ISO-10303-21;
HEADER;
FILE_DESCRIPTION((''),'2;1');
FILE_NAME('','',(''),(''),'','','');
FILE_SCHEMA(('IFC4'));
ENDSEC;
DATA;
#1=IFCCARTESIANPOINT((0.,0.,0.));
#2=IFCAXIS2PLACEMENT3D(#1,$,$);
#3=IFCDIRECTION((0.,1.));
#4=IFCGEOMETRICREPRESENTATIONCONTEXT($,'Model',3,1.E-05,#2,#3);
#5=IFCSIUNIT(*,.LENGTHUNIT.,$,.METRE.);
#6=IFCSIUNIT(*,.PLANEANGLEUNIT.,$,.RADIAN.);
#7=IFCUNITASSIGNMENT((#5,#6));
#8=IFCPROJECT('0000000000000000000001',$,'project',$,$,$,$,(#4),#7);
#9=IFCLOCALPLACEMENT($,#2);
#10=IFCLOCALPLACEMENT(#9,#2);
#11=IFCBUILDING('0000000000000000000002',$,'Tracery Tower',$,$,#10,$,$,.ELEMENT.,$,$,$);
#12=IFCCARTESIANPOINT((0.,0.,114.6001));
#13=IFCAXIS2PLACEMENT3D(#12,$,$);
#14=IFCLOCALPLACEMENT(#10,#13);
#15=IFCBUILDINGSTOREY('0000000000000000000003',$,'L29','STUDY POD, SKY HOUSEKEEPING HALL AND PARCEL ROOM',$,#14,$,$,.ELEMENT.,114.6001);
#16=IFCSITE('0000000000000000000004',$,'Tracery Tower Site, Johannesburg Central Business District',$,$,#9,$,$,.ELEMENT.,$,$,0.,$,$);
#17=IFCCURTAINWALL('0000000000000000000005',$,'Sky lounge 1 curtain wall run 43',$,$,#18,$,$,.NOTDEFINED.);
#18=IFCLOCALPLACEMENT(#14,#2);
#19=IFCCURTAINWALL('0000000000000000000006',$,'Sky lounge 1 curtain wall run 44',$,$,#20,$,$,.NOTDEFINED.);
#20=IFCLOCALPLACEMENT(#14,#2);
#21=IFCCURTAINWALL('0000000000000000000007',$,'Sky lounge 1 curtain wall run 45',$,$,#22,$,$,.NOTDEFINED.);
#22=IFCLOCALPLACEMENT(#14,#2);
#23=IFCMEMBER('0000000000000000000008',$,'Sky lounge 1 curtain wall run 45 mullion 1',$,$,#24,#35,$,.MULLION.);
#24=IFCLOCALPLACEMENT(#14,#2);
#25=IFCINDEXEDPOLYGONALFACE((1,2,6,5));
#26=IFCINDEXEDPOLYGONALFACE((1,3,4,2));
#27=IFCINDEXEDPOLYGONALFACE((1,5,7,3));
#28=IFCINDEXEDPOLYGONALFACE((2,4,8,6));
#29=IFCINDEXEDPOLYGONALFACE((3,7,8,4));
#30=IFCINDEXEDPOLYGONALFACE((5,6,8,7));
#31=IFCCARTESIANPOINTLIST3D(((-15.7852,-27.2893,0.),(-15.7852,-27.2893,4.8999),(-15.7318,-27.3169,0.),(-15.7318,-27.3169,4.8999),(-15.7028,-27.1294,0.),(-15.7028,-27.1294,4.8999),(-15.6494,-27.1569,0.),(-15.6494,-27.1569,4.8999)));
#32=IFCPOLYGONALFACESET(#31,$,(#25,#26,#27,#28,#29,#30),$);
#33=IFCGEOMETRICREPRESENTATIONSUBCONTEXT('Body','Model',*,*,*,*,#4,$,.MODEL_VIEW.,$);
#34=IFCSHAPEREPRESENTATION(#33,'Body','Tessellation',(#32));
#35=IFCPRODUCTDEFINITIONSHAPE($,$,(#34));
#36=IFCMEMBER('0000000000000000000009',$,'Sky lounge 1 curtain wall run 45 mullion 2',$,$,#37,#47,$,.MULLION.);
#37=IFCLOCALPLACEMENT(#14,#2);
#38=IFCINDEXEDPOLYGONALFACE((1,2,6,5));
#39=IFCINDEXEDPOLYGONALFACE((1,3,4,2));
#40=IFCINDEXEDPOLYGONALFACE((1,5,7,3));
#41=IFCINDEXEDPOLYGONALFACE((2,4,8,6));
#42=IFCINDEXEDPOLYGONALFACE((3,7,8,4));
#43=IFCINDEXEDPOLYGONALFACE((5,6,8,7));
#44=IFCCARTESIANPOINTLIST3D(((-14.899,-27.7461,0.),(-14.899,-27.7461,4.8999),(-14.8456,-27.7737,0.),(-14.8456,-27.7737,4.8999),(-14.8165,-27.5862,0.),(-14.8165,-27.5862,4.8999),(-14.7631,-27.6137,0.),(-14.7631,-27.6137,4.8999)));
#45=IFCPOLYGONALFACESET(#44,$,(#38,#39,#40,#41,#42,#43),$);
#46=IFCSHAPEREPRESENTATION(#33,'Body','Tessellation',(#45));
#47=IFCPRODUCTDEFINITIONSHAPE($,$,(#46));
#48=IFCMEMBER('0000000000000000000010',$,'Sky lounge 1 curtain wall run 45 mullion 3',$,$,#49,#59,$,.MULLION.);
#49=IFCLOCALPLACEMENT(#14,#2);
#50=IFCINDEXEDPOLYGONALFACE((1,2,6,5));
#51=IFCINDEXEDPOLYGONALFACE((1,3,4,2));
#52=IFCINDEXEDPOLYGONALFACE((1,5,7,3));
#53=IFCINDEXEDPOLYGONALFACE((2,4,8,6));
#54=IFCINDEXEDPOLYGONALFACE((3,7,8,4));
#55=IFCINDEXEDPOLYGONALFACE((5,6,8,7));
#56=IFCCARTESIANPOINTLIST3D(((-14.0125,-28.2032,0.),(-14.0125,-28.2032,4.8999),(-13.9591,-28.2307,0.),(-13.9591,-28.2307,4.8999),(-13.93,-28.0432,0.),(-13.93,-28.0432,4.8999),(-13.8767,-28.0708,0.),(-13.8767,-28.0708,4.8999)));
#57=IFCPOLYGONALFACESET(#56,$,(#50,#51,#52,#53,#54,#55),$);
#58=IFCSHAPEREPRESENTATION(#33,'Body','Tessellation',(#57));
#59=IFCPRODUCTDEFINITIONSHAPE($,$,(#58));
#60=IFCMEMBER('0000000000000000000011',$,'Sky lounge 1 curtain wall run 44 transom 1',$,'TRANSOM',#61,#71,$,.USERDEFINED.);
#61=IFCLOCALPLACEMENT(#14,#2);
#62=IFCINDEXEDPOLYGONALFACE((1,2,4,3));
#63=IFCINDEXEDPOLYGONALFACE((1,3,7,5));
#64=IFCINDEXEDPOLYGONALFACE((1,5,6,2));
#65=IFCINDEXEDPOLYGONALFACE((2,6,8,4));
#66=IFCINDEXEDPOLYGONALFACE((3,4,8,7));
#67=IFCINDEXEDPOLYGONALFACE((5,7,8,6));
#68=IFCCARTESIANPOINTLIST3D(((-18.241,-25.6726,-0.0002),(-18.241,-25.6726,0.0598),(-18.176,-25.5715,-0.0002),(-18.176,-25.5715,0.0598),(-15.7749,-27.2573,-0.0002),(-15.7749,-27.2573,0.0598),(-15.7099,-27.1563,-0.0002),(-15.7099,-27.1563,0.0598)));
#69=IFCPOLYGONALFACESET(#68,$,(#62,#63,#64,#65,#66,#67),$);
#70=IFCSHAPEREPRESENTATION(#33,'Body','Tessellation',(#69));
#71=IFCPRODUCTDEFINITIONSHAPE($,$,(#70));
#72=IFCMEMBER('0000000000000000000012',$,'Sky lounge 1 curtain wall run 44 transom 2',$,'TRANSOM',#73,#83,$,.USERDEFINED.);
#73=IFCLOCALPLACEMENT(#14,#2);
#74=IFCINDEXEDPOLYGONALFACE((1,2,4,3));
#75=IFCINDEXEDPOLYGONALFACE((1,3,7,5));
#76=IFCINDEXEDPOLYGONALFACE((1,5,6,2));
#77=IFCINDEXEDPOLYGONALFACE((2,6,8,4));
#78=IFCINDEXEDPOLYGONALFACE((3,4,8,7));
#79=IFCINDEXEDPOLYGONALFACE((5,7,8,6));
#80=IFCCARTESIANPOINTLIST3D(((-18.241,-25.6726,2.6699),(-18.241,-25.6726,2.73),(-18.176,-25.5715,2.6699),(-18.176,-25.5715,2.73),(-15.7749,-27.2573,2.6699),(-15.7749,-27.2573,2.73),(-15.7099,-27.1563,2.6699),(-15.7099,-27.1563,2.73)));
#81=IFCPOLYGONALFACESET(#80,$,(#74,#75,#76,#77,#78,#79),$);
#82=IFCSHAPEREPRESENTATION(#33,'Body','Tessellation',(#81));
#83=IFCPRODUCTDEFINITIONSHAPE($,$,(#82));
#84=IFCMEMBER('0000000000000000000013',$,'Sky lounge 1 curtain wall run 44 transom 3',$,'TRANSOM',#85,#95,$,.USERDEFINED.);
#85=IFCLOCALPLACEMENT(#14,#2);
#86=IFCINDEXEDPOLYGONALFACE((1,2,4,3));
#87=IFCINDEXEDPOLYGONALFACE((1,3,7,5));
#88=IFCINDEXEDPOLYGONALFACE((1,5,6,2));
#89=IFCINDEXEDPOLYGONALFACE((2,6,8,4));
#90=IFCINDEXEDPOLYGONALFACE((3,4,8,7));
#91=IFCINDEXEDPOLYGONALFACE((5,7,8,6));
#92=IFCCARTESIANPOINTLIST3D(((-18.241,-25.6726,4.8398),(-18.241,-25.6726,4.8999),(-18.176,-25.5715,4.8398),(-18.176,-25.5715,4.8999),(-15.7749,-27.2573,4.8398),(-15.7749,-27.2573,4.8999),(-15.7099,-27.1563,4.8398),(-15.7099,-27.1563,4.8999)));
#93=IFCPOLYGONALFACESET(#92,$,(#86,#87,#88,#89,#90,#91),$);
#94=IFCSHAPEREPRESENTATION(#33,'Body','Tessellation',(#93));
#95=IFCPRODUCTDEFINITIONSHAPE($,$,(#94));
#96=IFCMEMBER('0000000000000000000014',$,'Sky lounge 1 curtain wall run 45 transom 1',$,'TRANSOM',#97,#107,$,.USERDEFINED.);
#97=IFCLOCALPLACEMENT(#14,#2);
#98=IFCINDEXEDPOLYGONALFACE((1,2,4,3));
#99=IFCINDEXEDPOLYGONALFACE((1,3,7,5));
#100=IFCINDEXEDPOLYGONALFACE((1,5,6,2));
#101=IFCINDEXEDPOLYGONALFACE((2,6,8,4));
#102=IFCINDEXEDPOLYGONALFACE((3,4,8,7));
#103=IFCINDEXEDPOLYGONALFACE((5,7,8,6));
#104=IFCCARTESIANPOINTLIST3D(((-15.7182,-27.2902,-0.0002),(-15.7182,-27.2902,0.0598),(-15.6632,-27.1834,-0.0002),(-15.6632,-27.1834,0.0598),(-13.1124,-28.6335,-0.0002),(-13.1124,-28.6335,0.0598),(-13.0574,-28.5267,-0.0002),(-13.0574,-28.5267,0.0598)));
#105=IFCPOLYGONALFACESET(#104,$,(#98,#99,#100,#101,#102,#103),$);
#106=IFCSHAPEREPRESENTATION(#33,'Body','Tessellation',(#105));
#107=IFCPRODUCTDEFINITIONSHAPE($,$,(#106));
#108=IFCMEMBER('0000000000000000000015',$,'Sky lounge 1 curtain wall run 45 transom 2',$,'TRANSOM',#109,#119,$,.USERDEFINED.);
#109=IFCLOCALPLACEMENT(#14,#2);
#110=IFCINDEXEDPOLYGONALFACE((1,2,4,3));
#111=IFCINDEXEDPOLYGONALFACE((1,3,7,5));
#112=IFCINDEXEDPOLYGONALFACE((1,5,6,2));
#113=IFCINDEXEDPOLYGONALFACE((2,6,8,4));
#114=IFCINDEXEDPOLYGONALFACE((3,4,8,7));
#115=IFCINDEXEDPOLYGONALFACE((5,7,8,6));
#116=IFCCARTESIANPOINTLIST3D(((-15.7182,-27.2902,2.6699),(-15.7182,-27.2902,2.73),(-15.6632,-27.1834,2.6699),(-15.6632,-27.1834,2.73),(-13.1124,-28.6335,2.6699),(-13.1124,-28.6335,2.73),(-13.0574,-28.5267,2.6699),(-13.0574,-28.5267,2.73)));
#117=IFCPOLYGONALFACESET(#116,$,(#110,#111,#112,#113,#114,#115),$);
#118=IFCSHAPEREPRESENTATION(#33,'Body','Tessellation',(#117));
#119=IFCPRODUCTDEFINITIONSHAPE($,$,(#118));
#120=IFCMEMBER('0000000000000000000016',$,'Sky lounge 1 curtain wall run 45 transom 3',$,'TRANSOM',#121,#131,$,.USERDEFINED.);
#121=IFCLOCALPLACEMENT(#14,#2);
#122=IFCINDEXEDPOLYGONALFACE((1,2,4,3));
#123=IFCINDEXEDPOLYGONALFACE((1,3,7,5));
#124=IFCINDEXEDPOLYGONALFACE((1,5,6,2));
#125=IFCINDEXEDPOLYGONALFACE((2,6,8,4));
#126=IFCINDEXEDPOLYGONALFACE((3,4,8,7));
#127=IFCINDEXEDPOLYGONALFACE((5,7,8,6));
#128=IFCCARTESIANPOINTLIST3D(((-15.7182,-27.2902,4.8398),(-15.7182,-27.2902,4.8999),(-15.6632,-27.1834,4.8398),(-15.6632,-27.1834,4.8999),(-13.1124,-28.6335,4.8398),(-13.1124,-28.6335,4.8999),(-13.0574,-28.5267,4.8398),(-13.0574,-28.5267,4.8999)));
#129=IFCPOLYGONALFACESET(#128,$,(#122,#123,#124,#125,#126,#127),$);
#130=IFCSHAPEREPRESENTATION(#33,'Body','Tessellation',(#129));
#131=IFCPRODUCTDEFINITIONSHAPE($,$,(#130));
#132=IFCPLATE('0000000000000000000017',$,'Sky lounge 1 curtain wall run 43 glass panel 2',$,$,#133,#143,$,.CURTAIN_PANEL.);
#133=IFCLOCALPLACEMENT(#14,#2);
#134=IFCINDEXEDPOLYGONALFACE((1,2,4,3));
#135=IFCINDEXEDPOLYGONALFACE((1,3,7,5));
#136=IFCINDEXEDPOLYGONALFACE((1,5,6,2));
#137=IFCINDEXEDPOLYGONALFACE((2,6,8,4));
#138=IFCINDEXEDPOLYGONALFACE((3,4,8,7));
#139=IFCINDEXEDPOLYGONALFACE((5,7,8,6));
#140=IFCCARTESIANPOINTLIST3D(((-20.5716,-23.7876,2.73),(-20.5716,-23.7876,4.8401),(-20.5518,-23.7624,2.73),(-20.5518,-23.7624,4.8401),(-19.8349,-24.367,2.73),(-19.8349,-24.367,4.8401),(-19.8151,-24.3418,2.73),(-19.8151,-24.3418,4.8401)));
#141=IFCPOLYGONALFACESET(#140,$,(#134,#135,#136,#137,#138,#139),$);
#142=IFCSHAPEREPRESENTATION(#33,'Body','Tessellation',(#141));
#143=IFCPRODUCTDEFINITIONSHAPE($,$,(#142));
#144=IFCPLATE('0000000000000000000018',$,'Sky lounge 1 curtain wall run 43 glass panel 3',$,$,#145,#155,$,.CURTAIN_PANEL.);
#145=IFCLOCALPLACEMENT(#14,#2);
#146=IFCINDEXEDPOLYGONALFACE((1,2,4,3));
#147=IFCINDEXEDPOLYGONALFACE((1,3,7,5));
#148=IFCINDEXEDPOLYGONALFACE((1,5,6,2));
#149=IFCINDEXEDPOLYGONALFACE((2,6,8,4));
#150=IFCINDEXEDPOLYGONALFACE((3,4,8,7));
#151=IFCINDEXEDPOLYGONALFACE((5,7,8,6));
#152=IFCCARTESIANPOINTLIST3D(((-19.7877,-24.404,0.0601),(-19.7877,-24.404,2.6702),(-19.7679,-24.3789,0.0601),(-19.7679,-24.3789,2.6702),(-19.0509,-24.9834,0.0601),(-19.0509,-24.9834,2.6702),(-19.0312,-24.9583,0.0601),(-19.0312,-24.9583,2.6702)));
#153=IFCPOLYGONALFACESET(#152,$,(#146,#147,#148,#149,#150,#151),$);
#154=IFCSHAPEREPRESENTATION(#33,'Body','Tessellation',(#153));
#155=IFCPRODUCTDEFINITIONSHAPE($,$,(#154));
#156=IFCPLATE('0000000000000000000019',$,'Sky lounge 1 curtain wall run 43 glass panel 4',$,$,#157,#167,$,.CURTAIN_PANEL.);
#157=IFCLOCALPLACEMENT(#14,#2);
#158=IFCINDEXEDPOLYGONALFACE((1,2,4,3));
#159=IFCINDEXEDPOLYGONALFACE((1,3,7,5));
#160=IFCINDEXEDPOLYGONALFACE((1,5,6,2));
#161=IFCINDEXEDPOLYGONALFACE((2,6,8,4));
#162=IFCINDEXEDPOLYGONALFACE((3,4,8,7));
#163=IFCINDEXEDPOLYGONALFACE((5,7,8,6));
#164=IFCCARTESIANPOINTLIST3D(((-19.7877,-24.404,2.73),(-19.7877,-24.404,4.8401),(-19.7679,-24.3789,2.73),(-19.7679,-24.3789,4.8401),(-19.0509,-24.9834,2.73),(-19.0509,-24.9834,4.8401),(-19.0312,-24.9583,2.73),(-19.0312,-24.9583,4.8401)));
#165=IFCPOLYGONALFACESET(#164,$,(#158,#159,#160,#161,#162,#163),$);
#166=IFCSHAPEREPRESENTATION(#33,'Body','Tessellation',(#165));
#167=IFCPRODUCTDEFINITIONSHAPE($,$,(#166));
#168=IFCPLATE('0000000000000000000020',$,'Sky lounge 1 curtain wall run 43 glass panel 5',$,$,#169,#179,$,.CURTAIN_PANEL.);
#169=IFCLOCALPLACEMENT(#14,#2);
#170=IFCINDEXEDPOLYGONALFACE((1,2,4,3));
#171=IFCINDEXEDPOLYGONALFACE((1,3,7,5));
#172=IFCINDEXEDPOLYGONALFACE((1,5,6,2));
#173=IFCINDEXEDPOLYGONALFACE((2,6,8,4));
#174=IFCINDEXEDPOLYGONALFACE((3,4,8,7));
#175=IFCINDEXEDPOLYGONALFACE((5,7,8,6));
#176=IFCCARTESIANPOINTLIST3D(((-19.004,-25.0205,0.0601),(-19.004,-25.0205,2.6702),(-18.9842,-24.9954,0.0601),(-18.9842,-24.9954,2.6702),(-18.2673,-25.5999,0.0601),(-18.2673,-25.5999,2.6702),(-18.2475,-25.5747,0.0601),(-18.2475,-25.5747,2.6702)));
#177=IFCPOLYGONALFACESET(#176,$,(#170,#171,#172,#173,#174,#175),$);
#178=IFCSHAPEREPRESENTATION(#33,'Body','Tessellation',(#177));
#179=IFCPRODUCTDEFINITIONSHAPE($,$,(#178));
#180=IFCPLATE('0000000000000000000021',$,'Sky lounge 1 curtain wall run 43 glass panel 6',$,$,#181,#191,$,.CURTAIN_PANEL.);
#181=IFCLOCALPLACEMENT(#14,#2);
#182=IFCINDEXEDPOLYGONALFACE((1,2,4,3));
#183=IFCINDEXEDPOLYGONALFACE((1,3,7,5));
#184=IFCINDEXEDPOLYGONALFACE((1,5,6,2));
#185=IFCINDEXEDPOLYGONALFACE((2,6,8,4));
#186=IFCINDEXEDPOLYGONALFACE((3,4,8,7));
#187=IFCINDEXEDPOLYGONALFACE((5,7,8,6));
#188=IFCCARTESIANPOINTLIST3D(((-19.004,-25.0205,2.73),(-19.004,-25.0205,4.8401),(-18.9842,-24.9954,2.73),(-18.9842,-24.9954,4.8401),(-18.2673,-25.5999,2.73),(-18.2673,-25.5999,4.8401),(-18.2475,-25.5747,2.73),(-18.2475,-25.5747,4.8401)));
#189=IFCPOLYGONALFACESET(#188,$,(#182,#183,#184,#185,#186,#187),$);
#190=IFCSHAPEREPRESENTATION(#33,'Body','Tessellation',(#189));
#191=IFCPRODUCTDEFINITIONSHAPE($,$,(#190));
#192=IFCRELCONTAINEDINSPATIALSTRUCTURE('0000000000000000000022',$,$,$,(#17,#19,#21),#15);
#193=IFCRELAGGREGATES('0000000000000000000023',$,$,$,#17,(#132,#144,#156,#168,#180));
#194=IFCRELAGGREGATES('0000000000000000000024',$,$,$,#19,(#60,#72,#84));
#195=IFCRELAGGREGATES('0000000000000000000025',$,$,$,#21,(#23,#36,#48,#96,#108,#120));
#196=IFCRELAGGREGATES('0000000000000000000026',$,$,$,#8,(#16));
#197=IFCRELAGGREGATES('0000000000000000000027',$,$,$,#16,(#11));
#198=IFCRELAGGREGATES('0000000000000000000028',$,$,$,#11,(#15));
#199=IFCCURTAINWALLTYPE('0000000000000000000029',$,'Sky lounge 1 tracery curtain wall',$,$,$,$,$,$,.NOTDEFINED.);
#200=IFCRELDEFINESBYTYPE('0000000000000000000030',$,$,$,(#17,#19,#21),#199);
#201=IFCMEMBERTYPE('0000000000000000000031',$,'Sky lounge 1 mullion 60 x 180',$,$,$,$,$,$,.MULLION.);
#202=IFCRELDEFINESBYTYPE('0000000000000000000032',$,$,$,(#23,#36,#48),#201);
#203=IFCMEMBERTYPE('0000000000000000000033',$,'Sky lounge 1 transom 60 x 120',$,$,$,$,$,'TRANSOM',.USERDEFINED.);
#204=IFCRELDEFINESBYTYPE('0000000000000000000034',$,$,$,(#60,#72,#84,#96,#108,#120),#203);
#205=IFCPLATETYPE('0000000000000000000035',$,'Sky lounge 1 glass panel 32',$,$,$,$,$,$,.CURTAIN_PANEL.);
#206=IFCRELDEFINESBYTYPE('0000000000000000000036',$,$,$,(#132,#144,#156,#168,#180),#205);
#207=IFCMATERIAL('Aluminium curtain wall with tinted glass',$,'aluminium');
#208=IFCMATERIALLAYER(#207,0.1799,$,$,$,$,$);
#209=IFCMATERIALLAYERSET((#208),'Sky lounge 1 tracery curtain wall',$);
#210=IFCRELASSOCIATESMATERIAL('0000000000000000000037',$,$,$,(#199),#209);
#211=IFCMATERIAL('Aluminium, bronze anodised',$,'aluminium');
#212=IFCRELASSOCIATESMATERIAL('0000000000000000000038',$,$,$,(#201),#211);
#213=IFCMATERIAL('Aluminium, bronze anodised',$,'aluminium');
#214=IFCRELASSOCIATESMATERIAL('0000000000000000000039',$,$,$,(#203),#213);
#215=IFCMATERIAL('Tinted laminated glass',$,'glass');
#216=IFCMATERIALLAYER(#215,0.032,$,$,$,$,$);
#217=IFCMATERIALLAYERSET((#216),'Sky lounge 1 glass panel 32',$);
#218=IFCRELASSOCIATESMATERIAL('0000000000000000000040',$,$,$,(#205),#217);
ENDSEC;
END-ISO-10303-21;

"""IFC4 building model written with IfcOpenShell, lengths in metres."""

from ifc_helpers import new_model, si_unit, direction, frame, origin, origin_2d, place, context, subcontext, project, spatial, rectangle, extrude, material, layer, layer_set, material_profile, profile_set, type_object, element, aggregate, save


model = new_model("IFC4")

# Units and contexts
model_context = context("Model", 3, precision=1e-05, world=origin(), true_north=direction((0.0, 1.0)))
body_context = subcontext(model_context, "Body", "Model", "MODEL_VIEW")
ifc_project = project(units=[si_unit("LENGTHUNIT", "METRE"), si_unit("PLANEANGLEUNIT", "RADIAN")], contexts=[model_context])

# Site, building, storey
site_placement = place(None, origin())
site = spatial("IfcSite", under=ifc_project, at=site_placement, Name="Tracery Tower Site, Johannesburg Central Business District", CompositionType="ELEMENT", RefElevation=0.0)
building_placement = place(site_placement, origin())
building = spatial("IfcBuilding", under=site, at=building_placement, Name="Tracery Tower", CompositionType="ELEMENT")
storey_placement = place(building_placement, frame((0.0, 0.0, 114.6001)))
storey = spatial("IfcBuildingStorey", under=building, at=storey_placement, Name="L29", Description="STUDY POD, SKY HOUSEKEEPING HALL AND PARCEL ROOM", CompositionType="ELEMENT", Elevation=114.6001)

# Curtain walls, members
ifc_material_1 = material(Name="Aluminium curtain wall with tinted glass", Category="aluminium")
ifc_layer_1 = layer(ifc_material_1, 0.1799)
ifc_layer_set_1 = layer_set([ifc_layer_1], Name="Sky lounge 1 tracery curtain wall")
curtain_wall_type = type_object("IfcCurtainWallType", Name="Sky lounge 1 tracery curtain wall", PredefinedType="NOTDEFINED", material=ifc_layer_set_1)
curtain_wall_1_placement = place(storey_placement, origin())
curtain_wall_1 = element("IfcCurtainWall", 1, at=curtain_wall_1_placement, inside=storey, type_object=curtain_wall_type, Name="Sky lounge 1 curtain wall run 43", PredefinedType="NOTDEFINED")
ifc_material_2 = material(Name="Aluminium, bronze anodised", Category="aluminium")
ifc_material_profile_1 = material_profile(ifc_material_2, rectangle(XDim=0.1799, YDim=0.0601, at=origin_2d()), Name="AL 60x180")
ifc_profile_set_1 = profile_set([ifc_material_profile_1], Name="Aluminium, bronze anodised")
member_type_1 = type_object("IfcMemberType", Name="Sky lounge 1 mullion 60 x 180", PredefinedType="MULLION", material=ifc_profile_set_1)
curtain_wall_2_placement = place(storey_placement, origin())
curtain_wall_2 = element("IfcCurtainWall", 2, at=curtain_wall_2_placement, inside=storey, type_object=curtain_wall_type, Name="Sky lounge 1 curtain wall run 44", PredefinedType="NOTDEFINED")
curtain_wall_3_placement = place(storey_placement, origin())
curtain_wall_3 = element("IfcCurtainWall", 3, at=curtain_wall_3_placement, inside=storey, type_object=curtain_wall_type, Name="Sky lounge 1 curtain wall run 45", PredefinedType="NOTDEFINED")
member_1_placement = place(storey_placement, frame((-15.7173, -27.2231, 0.0), z_axis=(0.0, 0.0, 1.0), x_axis=(0.458227, 0.888835, 0.0)))
member_1 = element("IfcMember", 4, at=member_1_placement, type_object=member_type_1, Name="Sky lounge 1 curtain wall run 45 mullion 1", PredefinedType="MULLION", context=body_context, shape_type="SweptSolid", body=[
    extrude(rectangle(XDim=0.1799, YDim=0.0601, at=origin_2d()), origin(), (0.0, 0.0, 1.0), 4.8999),
])
member_2_placement = place(storey_placement, frame((-14.8311, -27.6799, 0.0), z_axis=(0.0, 0.0, 1.0), x_axis=(0.458227, 0.888835, 0.0)))
member_2 = element("IfcMember", 5, at=member_2_placement, type_object=member_type_1, Name="Sky lounge 1 curtain wall run 45 mullion 2", PredefinedType="MULLION", context=body_context, shape_type="SweptSolid", body=[
    extrude(rectangle(XDim=0.1799, YDim=0.0601, at=origin_2d()), origin(), (0.0, 0.0, 1.0), 4.8999),
])
member_3_placement = place(storey_placement, frame((-13.9446, -28.137, 0.0), z_axis=(0.0, 0.0, 1.0), x_axis=(0.458227, 0.888835, 0.0)))
member_3 = element("IfcMember", 6, at=member_3_placement, type_object=member_type_1, Name="Sky lounge 1 curtain wall run 45 mullion 3", PredefinedType="MULLION", context=body_context, shape_type="SweptSolid", body=[
    extrude(rectangle(XDim=0.1799, YDim=0.0601, at=origin_2d()), origin(), (0.0, 0.0, 1.0), 4.8999),
])

# Members
ifc_material_3 = material(Name="Aluminium, bronze anodised", Category="aluminium")
ifc_material_profile_2 = material_profile(ifc_material_3, rectangle(XDim=0.1201, YDim=0.0601, at=origin_2d()), Name="AL 60x120")
ifc_profile_set_2 = profile_set([ifc_material_profile_2], Name="Aluminium, bronze anodised")
member_type_2 = type_object("IfcMemberType", Name="Sky lounge 1 transom 60 x 120", ElementType="TRANSOM", PredefinedType="USERDEFINED", material=ifc_profile_set_2)
member_4_placement = place(storey_placement, frame((-18.2085, -25.6221, 0.0298), z_axis=(0.841273, -0.54061, 0.0), x_axis=(0.54061, 0.841273, 0.0)))
member_4 = element("IfcMember", 7, at=member_4_placement, type_object=member_type_2, Name="Sky lounge 1 curtain wall run 44 transom 1", ObjectType="TRANSOM", PredefinedType="USERDEFINED", context=body_context, shape_type="SweptSolid", body=[
    extrude(rectangle(XDim=0.1201, YDim=0.0601, at=origin_2d()), origin(), (0.0, 0.0, 1.0), 2.9314),
])
member_5_placement = place(storey_placement, frame((-18.2085, -25.6221, 2.7), z_axis=(0.841273, -0.54061, 0.0), x_axis=(0.54061, 0.841273, 0.0)))
member_5 = element("IfcMember", 8, at=member_5_placement, type_object=member_type_2, Name="Sky lounge 1 curtain wall run 44 transom 2", ObjectType="TRANSOM", PredefinedType="USERDEFINED", context=body_context, shape_type="SweptSolid", body=[
    extrude(rectangle(XDim=0.1201, YDim=0.0601, at=origin_2d()), origin(), (0.0, 0.0, 1.0), 2.9314),
])
member_6_placement = place(storey_placement, frame((-18.2085, -25.6221, 4.8699), z_axis=(0.841273, -0.54061, 0.0), x_axis=(0.54061, 0.841273, 0.0)))
member_6 = element("IfcMember", 9, at=member_6_placement, type_object=member_type_2, Name="Sky lounge 1 curtain wall run 44 transom 3", ObjectType="TRANSOM", PredefinedType="USERDEFINED", context=body_context, shape_type="SweptSolid", body=[
    extrude(rectangle(XDim=0.1201, YDim=0.0601, at=origin_2d()), origin(), (0.0, 0.0, 1.0), 2.9314),
])
member_7_placement = place(storey_placement, frame((-15.6907, -27.2368, 0.0298), z_axis=(0.888846, -0.458206, 0.0), x_axis=(0.458206, 0.888846, 0.0)))
member_7 = element("IfcMember", 10, at=member_7_placement, type_object=member_type_2, Name="Sky lounge 1 curtain wall run 45 transom 1", ObjectType="TRANSOM", PredefinedType="USERDEFINED", context=body_context, shape_type="SweptSolid", body=[
    extrude(rectangle(XDim=0.1201, YDim=0.0601, at=origin_2d()), origin(), (0.0, 0.0, 1.0), 2.9316),
])
member_8_placement = place(storey_placement, frame((-15.6907, -27.2368, 2.7), z_axis=(0.888846, -0.458206, 0.0), x_axis=(0.458206, 0.888846, 0.0)))
member_8 = element("IfcMember", 11, at=member_8_placement, type_object=member_type_2, Name="Sky lounge 1 curtain wall run 45 transom 2", ObjectType="TRANSOM", PredefinedType="USERDEFINED", context=body_context, shape_type="SweptSolid", body=[
    extrude(rectangle(XDim=0.1201, YDim=0.0601, at=origin_2d()), origin(), (0.0, 0.0, 1.0), 2.9316),
])
member_9_placement = place(storey_placement, frame((-15.6907, -27.2368, 4.8699), z_axis=(0.888846, -0.458206, 0.0), x_axis=(0.458206, 0.888846, 0.0)))
member_9 = element("IfcMember", 12, at=member_9_placement, type_object=member_type_2, Name="Sky lounge 1 curtain wall run 45 transom 3", ObjectType="TRANSOM", PredefinedType="USERDEFINED", context=body_context, shape_type="SweptSolid", body=[
    extrude(rectangle(XDim=0.1201, YDim=0.0601, at=origin_2d()), origin(), (0.0, 0.0, 1.0), 2.9316),
])

# Plates
ifc_material_4 = material(Name="Tinted laminated glass", Category="glass")
ifc_layer_2 = layer(ifc_material_4, 0.032)
ifc_layer_set_2 = layer_set([ifc_layer_2], Name="Sky lounge 1 glass panel 32")
plate_type = type_object("IfcPlateType", Name="Sky lounge 1 glass panel 32", PredefinedType="CURTAIN_PANEL", material=ifc_layer_set_2)
plate_1_placement = place(storey_placement, frame((-20.1934, -24.0647, 2.73), z_axis=(0.0, 0.0, 1.0), x_axis=(0.786053, -0.618159, 0.0)))
plate_1 = element("IfcPlate", 13, at=plate_1_placement, type_object=plate_type, Name="Sky lounge 1 curtain wall run 43 glass panel 2", PredefinedType="CURTAIN_PANEL", context=body_context, shape_type="SweptSolid", body=[
    extrude(rectangle(XDim=0.9373, YDim=0.032, at=origin_2d()), origin(), (0.0, 0.0, 1.0), 2.1101),
])
plate_2_placement = place(storey_placement, frame((-19.4094, -24.6812, 0.0601), z_axis=(0.0, 0.0, 1.0), x_axis=(0.786053, -0.618159, 0.0)))
plate_2 = element("IfcPlate", 14, at=plate_2_placement, type_object=plate_type, Name="Sky lounge 1 curtain wall run 43 glass panel 3", PredefinedType="CURTAIN_PANEL", context=body_context, shape_type="SweptSolid", body=[
    extrude(rectangle(XDim=0.9373, YDim=0.032, at=origin_2d()), origin(), (0.0, 0.0, 1.0), 2.6101),
])
plate_3_placement = place(storey_placement, frame((-19.4094, -24.6812, 2.73), z_axis=(0.0, 0.0, 1.0), x_axis=(0.786053, -0.618159, 0.0)))
plate_3 = element("IfcPlate", 15, at=plate_3_placement, type_object=plate_type, Name="Sky lounge 1 curtain wall run 43 glass panel 4", PredefinedType="CURTAIN_PANEL", context=body_context, shape_type="SweptSolid", body=[
    extrude(rectangle(XDim=0.9373, YDim=0.032, at=origin_2d()), origin(), (0.0, 0.0, 1.0), 2.1101),
])
plate_4_placement = place(storey_placement, frame((-18.6257, -25.2976, 0.0601), z_axis=(0.0, 0.0, 1.0), x_axis=(0.786053, -0.618159, 0.0)))
plate_4 = element("IfcPlate", 16, at=plate_4_placement, type_object=plate_type, Name="Sky lounge 1 curtain wall run 43 glass panel 5", PredefinedType="CURTAIN_PANEL", context=body_context, shape_type="SweptSolid", body=[
    extrude(rectangle(XDim=0.9373, YDim=0.032, at=origin_2d()), origin(), (0.0, 0.0, 1.0), 2.6101),
])
plate_5_placement = place(storey_placement, frame((-18.6257, -25.2976, 2.73), z_axis=(0.0, 0.0, 1.0), x_axis=(0.786053, -0.618159, 0.0)))
plate_5 = element("IfcPlate", 17, at=plate_5_placement, type_object=plate_type, Name="Sky lounge 1 curtain wall run 43 glass panel 6", PredefinedType="CURTAIN_PANEL", context=body_context, shape_type="SweptSolid", body=[
    extrude(rectangle(XDim=0.9373, YDim=0.032, at=origin_2d()), origin(), (0.0, 0.0, 1.0), 2.1101),
])
aggregate(curtain_wall_1, [plate_1, plate_2, plate_3, plate_4, plate_5])
aggregate(curtain_wall_2, [member_4, member_5, member_6])
aggregate(curtain_wall_3, [member_1, member_2, member_3, member_7, member_8, member_9])

save(model, "model.ifc")
